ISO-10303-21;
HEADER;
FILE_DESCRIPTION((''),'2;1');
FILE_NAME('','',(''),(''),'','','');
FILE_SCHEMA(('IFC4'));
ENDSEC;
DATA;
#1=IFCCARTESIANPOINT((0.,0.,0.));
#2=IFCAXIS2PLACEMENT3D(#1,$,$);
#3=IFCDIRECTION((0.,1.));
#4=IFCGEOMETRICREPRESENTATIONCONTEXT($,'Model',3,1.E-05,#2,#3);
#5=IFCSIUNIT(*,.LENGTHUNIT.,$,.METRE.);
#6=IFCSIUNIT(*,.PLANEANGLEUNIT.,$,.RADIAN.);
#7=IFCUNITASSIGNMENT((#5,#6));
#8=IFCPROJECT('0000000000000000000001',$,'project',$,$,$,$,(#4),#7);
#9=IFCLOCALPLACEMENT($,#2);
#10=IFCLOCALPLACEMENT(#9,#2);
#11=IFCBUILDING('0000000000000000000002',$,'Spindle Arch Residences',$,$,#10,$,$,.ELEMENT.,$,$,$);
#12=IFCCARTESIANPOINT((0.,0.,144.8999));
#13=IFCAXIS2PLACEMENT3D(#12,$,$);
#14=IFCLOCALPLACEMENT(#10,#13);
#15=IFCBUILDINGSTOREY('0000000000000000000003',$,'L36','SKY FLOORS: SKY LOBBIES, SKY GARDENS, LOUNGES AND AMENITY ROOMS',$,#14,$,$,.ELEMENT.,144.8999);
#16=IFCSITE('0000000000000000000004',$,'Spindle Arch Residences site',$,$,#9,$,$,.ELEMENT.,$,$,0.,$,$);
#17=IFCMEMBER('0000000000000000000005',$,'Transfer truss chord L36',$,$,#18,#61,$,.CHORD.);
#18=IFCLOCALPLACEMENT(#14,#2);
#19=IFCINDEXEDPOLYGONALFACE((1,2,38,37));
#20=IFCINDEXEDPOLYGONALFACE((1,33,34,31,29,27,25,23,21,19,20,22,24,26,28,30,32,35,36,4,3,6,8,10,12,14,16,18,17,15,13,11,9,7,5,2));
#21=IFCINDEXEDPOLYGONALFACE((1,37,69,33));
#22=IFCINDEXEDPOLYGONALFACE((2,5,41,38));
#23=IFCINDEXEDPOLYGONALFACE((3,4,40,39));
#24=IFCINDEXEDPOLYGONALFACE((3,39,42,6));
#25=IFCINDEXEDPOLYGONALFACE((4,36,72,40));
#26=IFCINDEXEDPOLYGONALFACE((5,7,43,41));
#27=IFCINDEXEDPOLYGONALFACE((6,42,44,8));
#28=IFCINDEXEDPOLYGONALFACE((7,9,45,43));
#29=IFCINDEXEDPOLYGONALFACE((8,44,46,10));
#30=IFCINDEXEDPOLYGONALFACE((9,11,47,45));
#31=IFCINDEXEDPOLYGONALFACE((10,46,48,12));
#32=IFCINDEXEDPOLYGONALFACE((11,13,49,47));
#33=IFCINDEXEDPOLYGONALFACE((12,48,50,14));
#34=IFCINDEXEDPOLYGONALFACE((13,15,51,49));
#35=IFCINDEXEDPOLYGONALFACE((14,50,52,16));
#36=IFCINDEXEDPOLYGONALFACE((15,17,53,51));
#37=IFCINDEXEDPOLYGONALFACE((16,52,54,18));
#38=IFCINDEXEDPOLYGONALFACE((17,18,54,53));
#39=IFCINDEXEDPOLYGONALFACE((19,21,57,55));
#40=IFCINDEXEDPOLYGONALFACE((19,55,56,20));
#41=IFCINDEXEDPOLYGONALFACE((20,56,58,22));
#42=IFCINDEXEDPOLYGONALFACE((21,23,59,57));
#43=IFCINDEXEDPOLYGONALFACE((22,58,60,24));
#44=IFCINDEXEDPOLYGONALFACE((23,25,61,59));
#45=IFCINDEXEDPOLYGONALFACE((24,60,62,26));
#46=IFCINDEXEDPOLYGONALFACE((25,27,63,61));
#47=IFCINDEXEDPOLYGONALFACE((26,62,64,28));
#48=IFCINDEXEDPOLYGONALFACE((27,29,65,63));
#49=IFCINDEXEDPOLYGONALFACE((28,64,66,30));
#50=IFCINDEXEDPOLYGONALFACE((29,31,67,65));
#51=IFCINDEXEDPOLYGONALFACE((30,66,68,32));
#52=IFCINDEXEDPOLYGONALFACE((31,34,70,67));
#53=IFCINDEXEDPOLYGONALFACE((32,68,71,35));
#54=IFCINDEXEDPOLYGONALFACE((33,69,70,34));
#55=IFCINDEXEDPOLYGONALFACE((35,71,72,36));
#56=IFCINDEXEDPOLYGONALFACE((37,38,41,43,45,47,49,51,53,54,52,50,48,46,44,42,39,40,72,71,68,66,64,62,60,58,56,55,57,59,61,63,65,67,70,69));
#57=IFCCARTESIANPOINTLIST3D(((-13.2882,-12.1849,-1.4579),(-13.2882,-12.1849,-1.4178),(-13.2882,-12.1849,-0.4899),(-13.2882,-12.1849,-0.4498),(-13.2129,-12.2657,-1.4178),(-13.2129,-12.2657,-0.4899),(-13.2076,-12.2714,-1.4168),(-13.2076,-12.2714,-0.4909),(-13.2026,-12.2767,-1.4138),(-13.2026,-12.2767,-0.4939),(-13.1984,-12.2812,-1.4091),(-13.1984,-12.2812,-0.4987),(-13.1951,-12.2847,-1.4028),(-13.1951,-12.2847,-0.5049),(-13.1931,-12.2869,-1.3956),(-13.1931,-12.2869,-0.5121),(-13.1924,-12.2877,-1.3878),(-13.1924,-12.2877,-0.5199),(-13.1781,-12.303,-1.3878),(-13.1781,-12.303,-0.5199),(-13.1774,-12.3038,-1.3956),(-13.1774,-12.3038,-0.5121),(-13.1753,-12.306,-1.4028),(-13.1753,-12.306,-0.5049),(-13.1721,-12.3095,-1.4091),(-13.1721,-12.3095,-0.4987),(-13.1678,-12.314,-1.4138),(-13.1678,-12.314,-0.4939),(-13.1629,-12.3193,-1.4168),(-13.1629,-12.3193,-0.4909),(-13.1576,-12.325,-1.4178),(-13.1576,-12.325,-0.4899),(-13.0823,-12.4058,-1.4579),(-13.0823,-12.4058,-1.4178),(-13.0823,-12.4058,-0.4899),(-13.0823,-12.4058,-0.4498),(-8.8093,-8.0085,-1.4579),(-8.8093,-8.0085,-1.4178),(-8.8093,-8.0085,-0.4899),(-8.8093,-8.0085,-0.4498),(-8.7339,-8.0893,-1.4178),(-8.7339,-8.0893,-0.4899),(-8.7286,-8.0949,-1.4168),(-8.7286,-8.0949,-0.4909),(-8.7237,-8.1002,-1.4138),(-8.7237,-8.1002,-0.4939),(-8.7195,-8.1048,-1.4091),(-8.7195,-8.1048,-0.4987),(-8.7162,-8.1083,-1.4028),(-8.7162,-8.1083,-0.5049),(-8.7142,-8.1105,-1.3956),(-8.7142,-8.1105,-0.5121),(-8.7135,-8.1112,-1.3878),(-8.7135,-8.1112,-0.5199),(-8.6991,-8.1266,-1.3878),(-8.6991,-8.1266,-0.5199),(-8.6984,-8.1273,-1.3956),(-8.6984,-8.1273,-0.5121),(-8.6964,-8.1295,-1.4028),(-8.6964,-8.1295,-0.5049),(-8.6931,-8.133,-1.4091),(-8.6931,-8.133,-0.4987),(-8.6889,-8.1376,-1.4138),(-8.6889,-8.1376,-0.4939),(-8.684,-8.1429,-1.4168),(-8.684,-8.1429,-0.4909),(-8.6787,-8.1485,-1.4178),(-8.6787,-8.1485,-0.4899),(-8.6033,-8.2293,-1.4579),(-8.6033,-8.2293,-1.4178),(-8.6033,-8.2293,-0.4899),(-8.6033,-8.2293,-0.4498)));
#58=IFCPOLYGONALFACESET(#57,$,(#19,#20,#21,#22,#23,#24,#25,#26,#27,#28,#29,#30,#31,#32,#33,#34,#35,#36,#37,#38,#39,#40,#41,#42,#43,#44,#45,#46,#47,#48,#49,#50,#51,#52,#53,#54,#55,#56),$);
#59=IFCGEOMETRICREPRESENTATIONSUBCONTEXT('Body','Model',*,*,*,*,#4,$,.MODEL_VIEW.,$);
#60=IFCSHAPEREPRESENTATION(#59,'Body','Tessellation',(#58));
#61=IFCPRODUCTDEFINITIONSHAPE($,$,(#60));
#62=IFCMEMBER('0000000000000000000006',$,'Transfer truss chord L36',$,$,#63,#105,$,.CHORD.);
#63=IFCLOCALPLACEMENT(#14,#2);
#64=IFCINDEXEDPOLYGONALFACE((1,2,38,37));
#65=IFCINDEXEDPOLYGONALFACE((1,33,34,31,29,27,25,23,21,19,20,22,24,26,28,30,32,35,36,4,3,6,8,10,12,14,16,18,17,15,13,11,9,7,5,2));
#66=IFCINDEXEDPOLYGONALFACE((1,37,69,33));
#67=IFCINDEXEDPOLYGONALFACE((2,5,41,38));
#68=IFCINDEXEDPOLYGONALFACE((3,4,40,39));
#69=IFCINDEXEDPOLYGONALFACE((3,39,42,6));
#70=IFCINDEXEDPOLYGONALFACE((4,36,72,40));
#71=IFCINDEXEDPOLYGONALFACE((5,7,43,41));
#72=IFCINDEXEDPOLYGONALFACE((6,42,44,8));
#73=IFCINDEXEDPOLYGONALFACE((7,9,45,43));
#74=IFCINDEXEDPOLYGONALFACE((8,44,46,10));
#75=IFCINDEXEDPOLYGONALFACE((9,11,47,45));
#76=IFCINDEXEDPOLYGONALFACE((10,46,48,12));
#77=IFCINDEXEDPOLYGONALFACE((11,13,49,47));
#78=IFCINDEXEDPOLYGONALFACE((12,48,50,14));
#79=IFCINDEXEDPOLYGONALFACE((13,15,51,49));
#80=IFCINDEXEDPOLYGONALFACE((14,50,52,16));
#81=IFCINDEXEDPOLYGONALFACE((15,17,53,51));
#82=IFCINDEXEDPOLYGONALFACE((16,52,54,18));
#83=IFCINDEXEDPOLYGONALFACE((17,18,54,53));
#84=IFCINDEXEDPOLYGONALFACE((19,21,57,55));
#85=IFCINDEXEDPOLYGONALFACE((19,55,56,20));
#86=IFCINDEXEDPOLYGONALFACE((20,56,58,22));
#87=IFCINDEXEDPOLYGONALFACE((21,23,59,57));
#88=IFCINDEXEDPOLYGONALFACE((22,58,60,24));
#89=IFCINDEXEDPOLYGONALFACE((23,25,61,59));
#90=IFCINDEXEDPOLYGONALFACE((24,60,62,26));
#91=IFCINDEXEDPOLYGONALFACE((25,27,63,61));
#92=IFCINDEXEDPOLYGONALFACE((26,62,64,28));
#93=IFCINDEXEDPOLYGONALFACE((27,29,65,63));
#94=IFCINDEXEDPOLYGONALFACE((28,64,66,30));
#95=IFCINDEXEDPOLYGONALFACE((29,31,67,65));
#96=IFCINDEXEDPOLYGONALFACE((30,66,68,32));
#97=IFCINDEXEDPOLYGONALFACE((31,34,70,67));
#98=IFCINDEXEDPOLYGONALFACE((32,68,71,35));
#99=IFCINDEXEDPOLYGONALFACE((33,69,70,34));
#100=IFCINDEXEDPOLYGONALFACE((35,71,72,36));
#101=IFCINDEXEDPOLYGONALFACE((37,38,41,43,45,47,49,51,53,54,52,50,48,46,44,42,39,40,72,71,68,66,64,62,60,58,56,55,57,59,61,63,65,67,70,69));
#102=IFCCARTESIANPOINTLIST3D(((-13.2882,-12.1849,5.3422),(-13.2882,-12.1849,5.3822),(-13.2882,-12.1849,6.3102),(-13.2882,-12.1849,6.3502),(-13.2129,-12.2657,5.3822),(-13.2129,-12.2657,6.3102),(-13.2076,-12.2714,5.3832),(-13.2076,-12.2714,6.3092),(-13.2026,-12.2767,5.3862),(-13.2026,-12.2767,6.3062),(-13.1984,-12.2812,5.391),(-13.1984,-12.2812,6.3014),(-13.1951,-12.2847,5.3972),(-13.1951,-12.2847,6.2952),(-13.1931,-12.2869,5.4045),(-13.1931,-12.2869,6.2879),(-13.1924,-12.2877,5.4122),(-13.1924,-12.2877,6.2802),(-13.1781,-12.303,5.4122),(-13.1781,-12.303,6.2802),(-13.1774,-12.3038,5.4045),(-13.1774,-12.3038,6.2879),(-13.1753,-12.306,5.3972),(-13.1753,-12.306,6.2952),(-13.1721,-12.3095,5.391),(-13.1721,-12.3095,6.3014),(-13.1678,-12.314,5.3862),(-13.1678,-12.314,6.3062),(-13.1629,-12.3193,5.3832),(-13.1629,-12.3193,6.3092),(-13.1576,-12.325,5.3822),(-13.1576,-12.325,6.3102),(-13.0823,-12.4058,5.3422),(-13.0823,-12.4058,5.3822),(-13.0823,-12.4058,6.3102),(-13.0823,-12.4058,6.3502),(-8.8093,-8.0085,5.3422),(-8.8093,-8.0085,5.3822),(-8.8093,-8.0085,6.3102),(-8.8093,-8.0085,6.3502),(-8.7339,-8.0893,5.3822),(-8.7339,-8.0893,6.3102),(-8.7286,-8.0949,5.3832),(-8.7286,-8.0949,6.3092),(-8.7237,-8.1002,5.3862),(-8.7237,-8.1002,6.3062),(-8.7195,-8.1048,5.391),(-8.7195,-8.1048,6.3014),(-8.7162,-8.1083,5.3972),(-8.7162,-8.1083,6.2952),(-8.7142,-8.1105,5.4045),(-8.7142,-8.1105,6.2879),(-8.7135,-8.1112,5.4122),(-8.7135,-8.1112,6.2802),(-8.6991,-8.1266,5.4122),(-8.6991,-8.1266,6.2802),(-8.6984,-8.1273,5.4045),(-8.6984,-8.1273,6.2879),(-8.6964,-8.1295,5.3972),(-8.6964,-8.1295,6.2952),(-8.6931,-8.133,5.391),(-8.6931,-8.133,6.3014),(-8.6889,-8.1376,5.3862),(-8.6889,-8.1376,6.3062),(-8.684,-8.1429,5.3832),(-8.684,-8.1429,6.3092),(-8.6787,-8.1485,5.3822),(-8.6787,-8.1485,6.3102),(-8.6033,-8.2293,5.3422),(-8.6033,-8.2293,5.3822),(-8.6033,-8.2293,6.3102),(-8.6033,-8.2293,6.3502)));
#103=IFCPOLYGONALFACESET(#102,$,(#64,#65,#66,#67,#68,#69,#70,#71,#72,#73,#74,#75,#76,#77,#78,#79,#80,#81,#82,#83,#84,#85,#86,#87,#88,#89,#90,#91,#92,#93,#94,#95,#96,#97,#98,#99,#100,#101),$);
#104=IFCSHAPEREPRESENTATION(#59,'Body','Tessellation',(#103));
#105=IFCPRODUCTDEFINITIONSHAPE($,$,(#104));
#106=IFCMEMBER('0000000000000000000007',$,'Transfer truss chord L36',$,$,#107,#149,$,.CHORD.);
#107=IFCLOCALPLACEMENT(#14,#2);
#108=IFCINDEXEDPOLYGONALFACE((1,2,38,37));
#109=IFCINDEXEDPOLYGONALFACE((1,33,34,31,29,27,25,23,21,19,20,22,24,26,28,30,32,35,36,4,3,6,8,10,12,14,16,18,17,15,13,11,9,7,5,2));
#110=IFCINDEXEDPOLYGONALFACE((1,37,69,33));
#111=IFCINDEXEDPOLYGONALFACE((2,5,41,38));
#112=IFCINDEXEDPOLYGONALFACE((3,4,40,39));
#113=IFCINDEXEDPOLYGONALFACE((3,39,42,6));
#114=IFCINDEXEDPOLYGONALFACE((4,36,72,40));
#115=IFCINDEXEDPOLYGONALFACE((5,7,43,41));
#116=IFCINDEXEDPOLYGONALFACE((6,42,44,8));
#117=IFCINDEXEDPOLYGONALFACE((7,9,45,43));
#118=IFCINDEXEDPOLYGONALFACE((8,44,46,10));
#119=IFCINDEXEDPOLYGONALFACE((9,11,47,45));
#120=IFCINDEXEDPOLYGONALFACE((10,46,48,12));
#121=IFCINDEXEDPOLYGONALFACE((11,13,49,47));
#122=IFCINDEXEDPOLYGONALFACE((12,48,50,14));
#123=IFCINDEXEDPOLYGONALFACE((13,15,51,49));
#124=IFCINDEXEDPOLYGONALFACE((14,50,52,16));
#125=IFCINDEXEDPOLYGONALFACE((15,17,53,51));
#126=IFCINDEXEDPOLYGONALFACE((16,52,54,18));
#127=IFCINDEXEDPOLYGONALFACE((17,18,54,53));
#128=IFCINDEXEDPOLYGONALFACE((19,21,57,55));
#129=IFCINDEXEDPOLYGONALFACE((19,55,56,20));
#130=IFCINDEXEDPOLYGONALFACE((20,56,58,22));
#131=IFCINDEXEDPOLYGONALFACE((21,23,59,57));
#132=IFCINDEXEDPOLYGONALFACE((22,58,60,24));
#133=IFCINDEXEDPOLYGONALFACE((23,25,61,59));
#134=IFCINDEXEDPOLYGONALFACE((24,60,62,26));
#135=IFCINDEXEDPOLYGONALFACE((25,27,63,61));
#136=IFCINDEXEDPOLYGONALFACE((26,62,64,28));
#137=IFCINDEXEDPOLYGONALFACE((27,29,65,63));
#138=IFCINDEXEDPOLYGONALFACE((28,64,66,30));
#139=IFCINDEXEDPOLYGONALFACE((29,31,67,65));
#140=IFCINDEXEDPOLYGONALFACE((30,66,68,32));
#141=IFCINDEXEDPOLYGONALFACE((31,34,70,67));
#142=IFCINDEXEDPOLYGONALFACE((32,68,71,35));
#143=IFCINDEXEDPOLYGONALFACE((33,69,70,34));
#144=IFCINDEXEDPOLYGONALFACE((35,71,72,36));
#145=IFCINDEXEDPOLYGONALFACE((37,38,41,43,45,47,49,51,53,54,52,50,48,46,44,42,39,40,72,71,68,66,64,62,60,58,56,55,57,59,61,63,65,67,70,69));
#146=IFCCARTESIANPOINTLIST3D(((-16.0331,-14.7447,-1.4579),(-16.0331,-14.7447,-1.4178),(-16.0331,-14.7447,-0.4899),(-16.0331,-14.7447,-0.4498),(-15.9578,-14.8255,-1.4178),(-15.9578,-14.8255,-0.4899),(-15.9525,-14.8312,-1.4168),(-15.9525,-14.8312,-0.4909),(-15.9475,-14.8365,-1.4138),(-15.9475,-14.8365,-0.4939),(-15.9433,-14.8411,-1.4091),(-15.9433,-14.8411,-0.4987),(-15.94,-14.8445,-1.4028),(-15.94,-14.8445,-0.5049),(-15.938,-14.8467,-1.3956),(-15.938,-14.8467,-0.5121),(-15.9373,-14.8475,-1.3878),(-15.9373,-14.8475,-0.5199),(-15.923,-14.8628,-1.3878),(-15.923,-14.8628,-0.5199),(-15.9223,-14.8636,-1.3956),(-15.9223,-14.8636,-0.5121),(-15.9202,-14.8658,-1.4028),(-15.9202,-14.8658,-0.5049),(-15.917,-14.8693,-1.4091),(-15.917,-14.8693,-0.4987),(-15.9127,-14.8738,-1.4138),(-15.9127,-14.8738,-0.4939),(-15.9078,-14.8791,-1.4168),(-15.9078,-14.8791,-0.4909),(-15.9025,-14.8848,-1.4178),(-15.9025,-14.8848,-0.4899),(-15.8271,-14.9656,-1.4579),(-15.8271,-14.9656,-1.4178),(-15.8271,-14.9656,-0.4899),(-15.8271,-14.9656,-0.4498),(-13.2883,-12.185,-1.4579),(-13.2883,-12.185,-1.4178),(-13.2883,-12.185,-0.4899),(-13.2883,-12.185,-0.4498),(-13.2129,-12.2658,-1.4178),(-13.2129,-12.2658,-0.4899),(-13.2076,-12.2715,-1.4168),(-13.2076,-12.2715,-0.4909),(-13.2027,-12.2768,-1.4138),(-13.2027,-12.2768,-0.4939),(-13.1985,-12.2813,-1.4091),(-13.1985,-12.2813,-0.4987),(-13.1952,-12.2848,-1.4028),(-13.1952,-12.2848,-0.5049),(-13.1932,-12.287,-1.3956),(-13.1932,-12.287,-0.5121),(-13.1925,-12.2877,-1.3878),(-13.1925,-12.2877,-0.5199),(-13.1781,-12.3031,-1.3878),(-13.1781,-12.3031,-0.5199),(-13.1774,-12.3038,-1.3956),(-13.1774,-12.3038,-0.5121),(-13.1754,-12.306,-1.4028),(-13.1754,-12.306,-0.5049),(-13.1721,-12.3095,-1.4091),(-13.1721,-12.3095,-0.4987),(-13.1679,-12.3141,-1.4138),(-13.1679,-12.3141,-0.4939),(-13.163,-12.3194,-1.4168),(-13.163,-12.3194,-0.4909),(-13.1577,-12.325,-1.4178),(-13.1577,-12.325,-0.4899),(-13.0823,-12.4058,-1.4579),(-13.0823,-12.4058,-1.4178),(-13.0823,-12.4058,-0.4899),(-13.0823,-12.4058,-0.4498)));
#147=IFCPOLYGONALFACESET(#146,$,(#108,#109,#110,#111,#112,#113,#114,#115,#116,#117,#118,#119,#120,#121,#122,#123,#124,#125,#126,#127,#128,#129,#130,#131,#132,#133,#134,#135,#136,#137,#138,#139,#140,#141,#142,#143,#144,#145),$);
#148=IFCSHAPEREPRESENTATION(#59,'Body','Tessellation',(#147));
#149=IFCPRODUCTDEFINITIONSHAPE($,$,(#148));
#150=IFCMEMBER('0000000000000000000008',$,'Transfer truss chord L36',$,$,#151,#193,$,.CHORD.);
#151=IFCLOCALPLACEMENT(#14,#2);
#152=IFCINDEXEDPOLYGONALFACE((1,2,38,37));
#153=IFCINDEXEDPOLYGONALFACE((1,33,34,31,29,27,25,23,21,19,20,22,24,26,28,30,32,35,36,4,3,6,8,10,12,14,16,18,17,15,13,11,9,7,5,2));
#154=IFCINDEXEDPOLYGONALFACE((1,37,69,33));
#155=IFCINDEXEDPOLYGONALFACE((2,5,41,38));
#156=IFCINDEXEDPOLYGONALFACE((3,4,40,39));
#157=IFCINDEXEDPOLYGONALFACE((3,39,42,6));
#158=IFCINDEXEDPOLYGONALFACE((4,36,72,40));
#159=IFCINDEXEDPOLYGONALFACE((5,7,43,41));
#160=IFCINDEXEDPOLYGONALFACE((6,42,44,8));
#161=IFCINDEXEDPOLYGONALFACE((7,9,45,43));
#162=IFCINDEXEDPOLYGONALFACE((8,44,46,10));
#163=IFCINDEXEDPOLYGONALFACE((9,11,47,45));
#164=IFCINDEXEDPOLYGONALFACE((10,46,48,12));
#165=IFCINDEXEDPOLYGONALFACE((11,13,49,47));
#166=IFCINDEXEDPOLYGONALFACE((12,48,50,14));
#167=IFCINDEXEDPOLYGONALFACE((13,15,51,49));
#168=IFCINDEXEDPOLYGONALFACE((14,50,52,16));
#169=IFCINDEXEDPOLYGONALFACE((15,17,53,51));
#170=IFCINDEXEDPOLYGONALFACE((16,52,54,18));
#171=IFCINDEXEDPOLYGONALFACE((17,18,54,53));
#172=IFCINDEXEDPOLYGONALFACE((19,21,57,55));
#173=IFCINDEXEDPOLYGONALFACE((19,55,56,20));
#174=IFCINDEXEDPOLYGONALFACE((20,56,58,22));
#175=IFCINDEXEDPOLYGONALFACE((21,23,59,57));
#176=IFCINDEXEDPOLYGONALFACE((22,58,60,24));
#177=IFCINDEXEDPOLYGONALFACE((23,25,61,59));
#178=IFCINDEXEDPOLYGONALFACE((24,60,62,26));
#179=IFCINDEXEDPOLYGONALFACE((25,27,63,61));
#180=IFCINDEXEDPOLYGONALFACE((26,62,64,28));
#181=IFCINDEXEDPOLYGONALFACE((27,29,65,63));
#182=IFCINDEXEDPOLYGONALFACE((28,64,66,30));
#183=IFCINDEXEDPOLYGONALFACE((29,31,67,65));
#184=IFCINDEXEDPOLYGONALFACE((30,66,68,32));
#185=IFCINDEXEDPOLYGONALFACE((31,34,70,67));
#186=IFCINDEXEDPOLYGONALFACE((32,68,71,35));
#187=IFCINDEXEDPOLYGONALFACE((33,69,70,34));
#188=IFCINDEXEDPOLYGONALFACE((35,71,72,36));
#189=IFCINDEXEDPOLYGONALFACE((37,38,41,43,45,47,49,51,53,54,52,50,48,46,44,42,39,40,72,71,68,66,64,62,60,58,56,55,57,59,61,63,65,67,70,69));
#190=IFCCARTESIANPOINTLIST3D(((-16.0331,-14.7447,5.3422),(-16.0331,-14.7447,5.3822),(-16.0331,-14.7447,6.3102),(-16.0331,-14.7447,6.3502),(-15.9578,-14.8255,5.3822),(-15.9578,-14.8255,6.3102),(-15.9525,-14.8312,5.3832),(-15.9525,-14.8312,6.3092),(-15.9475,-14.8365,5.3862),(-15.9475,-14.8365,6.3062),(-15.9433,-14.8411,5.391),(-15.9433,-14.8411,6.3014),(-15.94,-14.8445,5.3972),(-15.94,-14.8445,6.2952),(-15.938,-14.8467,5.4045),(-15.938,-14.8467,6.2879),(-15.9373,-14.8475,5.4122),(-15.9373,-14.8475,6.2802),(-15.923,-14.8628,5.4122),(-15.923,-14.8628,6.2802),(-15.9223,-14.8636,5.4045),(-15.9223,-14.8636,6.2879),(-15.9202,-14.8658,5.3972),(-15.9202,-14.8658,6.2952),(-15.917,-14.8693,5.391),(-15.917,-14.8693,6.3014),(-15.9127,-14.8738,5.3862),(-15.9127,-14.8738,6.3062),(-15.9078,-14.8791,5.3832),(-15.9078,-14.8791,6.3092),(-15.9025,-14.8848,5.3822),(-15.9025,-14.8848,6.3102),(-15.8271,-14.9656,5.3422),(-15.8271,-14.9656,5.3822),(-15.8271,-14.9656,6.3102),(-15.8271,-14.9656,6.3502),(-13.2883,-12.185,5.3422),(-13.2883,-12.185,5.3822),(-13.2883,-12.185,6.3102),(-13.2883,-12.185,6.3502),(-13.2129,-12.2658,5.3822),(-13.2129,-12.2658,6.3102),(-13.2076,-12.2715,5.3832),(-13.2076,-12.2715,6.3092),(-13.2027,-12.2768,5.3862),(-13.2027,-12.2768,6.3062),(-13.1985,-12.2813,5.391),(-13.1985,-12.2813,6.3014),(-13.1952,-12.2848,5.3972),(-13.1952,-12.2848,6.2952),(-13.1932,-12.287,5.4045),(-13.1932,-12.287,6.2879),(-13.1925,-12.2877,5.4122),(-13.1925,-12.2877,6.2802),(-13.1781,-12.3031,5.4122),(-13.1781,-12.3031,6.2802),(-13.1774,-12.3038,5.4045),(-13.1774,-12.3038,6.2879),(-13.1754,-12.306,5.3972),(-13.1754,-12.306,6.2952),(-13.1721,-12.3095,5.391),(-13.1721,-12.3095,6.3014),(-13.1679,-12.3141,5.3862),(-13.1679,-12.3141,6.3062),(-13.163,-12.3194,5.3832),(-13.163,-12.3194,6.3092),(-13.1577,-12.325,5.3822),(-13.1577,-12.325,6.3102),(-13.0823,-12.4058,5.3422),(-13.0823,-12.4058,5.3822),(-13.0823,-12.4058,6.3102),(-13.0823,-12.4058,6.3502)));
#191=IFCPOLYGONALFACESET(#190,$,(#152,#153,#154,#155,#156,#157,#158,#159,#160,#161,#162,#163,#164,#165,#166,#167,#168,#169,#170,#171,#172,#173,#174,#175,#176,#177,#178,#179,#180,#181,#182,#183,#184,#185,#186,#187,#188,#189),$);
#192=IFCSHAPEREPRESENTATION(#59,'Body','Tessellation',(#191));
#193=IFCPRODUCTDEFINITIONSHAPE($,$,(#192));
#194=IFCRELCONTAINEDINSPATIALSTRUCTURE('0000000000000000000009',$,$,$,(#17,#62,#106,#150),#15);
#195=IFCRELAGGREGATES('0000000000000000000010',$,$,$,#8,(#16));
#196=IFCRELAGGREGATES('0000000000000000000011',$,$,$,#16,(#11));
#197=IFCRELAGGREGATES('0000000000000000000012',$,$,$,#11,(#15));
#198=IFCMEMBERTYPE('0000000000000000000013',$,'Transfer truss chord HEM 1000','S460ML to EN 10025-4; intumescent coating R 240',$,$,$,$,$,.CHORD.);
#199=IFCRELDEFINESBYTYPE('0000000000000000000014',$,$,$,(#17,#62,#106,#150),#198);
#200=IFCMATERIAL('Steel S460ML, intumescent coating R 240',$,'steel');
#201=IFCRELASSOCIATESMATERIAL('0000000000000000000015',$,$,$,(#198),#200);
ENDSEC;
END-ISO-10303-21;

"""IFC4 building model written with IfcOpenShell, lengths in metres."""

from ifc_helpers import new_model, si_unit, direction, frame, origin, origin_2d, place, context, subcontext, project, spatial, i_section, extrude, material, material_profile, profile_set, type_object, element, save


model = new_model("IFC4")

# Units and contexts
model_context = context("Model", 3, precision=1e-05, world=origin(), true_north=direction((0.0, 1.0)))
body_context = subcontext(model_context, "Body", "Model", "MODEL_VIEW")
ifc_project = project(units=[si_unit("LENGTHUNIT", "METRE"), si_unit("PLANEANGLEUNIT", "RADIAN")], contexts=[model_context])

# Site, building, storey
site_placement = place(None, origin())
site = spatial("IfcSite", under=ifc_project, at=site_placement, Name="Spindle Arch Residences site", CompositionType="ELEMENT", RefElevation=0.0)
building_placement = place(site_placement, origin())
building = spatial("IfcBuilding", under=site, at=building_placement, Name="Spindle Arch Residences", CompositionType="ELEMENT")
storey_placement = place(building_placement, frame((0.0, 0.0, 144.8999)))
storey = spatial("IfcBuildingStorey", under=building, at=storey_placement, Name="L36", Description="SKY FLOORS: SKY LOBBIES, SKY GARDENS, LOUNGES AND AMENITY ROOMS", CompositionType="ELEMENT", Elevation=144.8999)

# Members
ifc_material_1 = material(Name="Steel S460ML, intumescent coating R 240", Category="steel")
ifc_material_profile_1 = material_profile(ifc_material_1, i_section(OverallWidth=0.302, OverallDepth=1.0081, WebThickness=0.021, FlangeThickness=0.04, FilletRadius=0.03, at=origin_2d()), Name="HEM 1000")
ifc_profile_set_1 = profile_set([ifc_material_profile_1], Name="Steel S460ML, intumescent coating R 240")
member_type_1 = type_object("IfcMemberType", Name="Transfer truss chord HEM 1000", Description="S460ML to EN 10025-4; intumescent coating R 240", PredefinedType="CHORD", material=ifc_profile_set_1)
for number, where, z_axis, x_axis, name in (
    (1, (-8.7063, -8.1189, -0.9539), (-0.731372, -0.681979, 0.0), (0.681979, -0.731372, 0.0), "Transfer truss chord L36"),
    (2, (-8.7063, -8.1189, 5.8462), (-0.731372, -0.681979, 0.0), (0.681979, -0.731372, 0.0), "Transfer truss chord L36"),
):
    element("IfcMember", number, at=place(storey_placement, frame(where, z_axis=z_axis, x_axis=x_axis)), inside=storey, type_object=member_type_1, Name=name, PredefinedType="CHORD", context=body_context, shape_type="SweptSolid", body=[
        extrude(i_section(OverallWidth=0.302, OverallDepth=1.0081, WebThickness=0.021, FlangeThickness=0.04, FilletRadius=0.03, at=origin_2d()), origin(), (0.0, 0.0, 1.0), 6.124),
    ])
for number, where, z_axis, x_axis, name in (
    (3, (-13.1853, -12.2954, -0.9539), (-0.73133, -0.682024, 0.0), (0.682024, -0.73133, 0.0), "Transfer truss chord L36"),
    (4, (-13.1853, -12.2954, 5.8462), (-0.73133, -0.682024, 0.0), (0.682024, -0.73133, 0.0), "Transfer truss chord L36"),
):
    element("IfcMember", number, at=place(storey_placement, frame(where, z_axis=z_axis, x_axis=x_axis)), inside=storey, type_object=member_type_1, Name=name, PredefinedType="CHORD", context=body_context, shape_type="SweptSolid", body=[
        extrude(i_section(OverallWidth=0.302, OverallDepth=1.0081, WebThickness=0.021, FlangeThickness=0.04, FilletRadius=0.03, at=origin_2d()), origin(), (0.0, 0.0, 1.0), 3.7532),
    ])

save(model, "model.ifc")
